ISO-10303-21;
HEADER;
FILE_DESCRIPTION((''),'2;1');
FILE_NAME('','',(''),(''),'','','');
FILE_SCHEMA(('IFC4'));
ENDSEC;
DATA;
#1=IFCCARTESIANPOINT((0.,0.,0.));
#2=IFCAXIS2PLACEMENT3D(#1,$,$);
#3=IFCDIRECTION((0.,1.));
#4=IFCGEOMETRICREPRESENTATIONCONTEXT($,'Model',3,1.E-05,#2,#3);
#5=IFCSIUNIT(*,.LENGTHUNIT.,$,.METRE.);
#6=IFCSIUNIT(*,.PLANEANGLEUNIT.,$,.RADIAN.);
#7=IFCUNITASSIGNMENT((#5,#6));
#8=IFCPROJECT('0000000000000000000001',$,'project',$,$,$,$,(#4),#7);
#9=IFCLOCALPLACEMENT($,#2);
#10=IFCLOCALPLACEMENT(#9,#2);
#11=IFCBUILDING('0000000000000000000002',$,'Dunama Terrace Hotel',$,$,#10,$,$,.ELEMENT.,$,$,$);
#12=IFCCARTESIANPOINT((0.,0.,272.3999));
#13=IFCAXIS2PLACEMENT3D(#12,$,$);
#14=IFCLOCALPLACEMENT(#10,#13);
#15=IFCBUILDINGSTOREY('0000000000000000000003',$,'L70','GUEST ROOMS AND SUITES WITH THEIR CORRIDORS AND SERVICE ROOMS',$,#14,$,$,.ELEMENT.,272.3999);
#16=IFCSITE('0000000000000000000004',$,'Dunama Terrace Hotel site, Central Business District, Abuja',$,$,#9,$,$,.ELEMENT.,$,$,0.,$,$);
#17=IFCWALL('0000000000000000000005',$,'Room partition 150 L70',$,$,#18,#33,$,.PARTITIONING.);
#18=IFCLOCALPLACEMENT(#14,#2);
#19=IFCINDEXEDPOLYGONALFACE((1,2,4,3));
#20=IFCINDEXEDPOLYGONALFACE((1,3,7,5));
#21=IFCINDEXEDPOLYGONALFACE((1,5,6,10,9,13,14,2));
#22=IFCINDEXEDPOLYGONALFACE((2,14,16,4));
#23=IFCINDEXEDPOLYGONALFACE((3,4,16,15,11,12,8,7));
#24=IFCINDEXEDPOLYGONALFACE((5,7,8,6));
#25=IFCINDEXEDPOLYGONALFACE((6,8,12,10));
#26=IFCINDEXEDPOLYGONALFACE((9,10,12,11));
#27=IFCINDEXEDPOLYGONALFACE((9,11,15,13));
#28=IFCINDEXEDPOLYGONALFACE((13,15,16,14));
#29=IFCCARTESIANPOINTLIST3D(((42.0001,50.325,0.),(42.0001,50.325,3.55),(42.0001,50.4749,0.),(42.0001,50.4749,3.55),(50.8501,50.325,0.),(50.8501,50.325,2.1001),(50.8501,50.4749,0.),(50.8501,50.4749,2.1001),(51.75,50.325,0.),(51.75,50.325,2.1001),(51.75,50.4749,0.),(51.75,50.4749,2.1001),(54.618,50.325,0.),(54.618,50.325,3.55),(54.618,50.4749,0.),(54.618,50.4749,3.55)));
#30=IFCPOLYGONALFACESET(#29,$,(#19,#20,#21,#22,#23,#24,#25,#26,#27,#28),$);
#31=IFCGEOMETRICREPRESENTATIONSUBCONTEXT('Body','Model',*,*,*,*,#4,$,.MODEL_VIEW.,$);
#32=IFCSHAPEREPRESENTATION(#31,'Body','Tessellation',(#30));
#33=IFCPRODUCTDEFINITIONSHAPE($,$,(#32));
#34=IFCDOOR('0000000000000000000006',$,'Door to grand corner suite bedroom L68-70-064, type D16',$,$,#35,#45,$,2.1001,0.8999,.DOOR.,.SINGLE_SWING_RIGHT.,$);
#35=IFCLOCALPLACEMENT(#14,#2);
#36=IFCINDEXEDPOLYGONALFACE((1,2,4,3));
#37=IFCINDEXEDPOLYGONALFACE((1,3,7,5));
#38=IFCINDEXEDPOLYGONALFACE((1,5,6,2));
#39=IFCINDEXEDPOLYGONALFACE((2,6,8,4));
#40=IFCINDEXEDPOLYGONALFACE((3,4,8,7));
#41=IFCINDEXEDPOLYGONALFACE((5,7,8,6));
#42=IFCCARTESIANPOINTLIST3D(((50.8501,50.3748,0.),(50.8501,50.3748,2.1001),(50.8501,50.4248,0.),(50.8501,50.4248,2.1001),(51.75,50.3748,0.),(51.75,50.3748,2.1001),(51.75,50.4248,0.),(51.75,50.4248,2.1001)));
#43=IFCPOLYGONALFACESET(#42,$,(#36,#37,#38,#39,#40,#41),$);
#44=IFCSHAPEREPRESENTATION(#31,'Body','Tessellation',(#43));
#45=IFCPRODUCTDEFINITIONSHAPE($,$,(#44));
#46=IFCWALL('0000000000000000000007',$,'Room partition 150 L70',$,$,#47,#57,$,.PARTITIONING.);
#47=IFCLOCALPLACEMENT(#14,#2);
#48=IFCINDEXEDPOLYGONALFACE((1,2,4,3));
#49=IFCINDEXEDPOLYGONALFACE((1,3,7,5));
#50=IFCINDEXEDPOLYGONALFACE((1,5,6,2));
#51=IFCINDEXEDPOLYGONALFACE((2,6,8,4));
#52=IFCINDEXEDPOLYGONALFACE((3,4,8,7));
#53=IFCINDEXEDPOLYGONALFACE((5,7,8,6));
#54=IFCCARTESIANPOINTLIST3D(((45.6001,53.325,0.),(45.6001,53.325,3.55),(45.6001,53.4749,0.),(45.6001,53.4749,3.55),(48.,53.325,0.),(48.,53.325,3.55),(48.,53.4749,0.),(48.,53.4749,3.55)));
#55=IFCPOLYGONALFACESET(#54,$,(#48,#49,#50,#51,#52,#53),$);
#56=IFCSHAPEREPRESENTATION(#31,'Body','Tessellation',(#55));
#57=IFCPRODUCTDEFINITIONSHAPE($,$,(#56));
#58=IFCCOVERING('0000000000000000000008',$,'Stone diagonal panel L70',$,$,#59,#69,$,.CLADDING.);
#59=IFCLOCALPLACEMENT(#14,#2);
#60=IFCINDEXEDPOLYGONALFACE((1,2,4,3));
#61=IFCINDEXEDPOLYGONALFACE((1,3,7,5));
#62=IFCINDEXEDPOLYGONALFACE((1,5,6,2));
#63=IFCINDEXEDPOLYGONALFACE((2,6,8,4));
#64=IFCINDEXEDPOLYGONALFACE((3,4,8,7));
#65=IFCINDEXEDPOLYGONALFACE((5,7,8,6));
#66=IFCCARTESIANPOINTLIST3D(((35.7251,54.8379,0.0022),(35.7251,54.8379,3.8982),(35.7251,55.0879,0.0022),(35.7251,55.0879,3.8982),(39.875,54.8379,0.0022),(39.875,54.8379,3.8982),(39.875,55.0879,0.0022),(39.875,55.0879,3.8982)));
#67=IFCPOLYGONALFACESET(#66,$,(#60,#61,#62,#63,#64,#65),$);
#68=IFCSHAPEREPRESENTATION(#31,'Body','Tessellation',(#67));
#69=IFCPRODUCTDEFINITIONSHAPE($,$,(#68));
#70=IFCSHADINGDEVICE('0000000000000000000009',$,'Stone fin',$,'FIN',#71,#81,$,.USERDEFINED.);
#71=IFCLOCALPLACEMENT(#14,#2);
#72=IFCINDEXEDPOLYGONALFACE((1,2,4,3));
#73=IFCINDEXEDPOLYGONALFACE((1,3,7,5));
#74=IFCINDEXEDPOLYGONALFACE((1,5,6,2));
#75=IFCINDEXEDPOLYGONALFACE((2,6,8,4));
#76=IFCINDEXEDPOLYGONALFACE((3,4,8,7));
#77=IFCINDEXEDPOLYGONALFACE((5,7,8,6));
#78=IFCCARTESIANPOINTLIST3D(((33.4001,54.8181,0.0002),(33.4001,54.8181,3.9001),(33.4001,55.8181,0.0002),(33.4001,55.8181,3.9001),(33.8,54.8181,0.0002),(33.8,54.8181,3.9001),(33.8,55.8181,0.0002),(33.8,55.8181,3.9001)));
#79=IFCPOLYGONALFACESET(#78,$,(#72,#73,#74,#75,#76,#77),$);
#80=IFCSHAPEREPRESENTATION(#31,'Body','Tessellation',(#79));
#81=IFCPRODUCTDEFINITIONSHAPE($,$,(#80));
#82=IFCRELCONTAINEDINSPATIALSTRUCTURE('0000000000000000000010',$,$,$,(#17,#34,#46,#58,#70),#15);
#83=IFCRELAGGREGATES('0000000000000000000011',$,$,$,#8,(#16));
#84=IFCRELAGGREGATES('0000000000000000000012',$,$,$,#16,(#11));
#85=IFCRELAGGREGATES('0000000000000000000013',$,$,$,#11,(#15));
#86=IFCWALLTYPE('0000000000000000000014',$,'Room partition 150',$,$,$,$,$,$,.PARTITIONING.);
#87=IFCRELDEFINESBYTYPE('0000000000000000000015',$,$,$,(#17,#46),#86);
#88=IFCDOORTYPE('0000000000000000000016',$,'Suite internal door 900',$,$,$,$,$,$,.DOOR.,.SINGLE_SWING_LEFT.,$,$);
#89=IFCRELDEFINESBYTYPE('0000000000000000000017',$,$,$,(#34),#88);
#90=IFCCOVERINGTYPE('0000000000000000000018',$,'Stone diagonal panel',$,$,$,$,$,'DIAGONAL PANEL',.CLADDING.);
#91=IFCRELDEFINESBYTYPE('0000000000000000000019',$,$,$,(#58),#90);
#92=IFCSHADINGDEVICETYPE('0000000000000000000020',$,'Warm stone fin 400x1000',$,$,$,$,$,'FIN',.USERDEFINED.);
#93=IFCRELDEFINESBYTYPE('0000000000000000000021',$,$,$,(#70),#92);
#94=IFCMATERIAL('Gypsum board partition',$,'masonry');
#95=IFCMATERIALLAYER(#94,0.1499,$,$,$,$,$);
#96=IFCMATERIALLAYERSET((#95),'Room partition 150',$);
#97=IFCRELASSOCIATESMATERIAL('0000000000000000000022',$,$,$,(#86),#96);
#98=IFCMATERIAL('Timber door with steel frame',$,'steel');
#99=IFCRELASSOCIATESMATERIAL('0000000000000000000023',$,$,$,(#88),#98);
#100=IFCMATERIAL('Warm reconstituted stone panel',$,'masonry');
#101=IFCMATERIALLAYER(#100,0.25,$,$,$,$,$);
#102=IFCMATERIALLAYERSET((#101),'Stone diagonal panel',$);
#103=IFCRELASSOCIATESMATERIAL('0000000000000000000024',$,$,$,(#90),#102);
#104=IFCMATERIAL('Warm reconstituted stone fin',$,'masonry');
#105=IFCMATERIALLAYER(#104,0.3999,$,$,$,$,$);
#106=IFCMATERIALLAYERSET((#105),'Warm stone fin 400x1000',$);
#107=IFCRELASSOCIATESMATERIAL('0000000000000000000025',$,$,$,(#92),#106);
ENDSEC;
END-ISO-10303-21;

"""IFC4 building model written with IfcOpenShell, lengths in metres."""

from ifc_helpers import new_model, si_unit, direction, frame, frame_2d, origin, origin_2d, place, context, subcontext, project, spatial, rectangle, extrude, material, layer, layer_set, type_object, element, fill, save


model = new_model("IFC4")

# Units and contexts
model_context = context("Model", 3, precision=1e-05, world=origin(), true_north=direction((0.0, 1.0)))
body_context = subcontext(model_context, "Body", "Model", "MODEL_VIEW")
ifc_project = project(units=[si_unit("LENGTHUNIT", "METRE"), si_unit("PLANEANGLEUNIT", "RADIAN")], contexts=[model_context])

# Site, building, storey
site_placement = place(None, origin())
site = spatial("IfcSite", under=ifc_project, at=site_placement, Name="Dunama Terrace Hotel site, Central Business District, Abuja", CompositionType="ELEMENT", RefElevation=0.0)
building_placement = place(site_placement, origin())
building = spatial("IfcBuilding", under=site, at=building_placement, Name="Dunama Terrace Hotel", CompositionType="ELEMENT")
storey_placement = place(building_placement, frame((0.0, 0.0, 272.3999)))
storey = spatial("IfcBuildingStorey", under=building, at=storey_placement, Name="L70", Description="GUEST ROOMS AND SUITES WITH THEIR CORRIDORS AND SERVICE ROOMS", CompositionType="ELEMENT", Elevation=272.3999)

# Shared definitions
ifc_material_1 = material(Name="Gypsum board partition", Category="masonry")
ifc_layer_1 = layer(ifc_material_1, 0.1499)
ifc_layer_set_1 = layer_set([ifc_layer_1], Name="Room partition 150")
wall_type_1 = type_object("IfcWallType", Name="Room partition 150", PredefinedType="PARTITIONING", material=ifc_layer_set_1)

# Shared definitions
ifc_material_2 = material(Name="Timber door with steel frame", Category="steel")
door_type_1 = type_object("IfcDoorType", Name="Suite internal door 900", OperationType="SINGLE_SWING_LEFT", PredefinedType="DOOR", material=ifc_material_2)

# Wall, opening, door
wall_1_placement = place(storey_placement, frame((42.0, 50.3999, 0.0), z_axis=(0.0, 0.0, 1.0), x_axis=(1.0, 0.0, 0.0)))
wall_1 = element("IfcWall", 1, at=wall_1_placement, inside=storey, type_object=wall_type_1, Name="Room partition 150 L70", PredefinedType="PARTITIONING", context=body_context, shape_type="SweptSolid", body=[
    extrude(rectangle(XDim=12.6179, YDim=0.1499, at=frame_2d((6.3091, 0.0))), origin(), (0.0, 0.0, 1.0), 3.55),
])
opening_1_placement = place(wall_1_placement, frame((8.8501, 0.0, 0.0)))
opening_1 = element("IfcOpeningElement", 2, at=opening_1_placement, cuts=wall_1, PredefinedType="OPENING", context=body_context, shape_type="SweptSolid", body=[
    extrude(rectangle(XDim=0.8999, YDim=2.1001, at=frame_2d((0.45, 1.05))), frame((0.0, 0.085, 0.0), z_axis=(0.0, -1.0, 0.0), x_axis=(1.0, 0.0, 0.0)), (0.0, 0.0, 1.0), 0.1699),
])
door_1_placement = place(opening_1_placement, origin())
door_1 = element("IfcDoor", 3, at=door_1_placement, inside=storey, type_object=door_type_1, Name="Door to grand corner suite bedroom L68-70-064, type D16", OperationType="SINGLE_SWING_RIGHT", OverallHeight=2.1001, OverallWidth=0.8999, PredefinedType="DOOR", context=body_context, shape_type="SweptSolid", body=[
    extrude(rectangle(XDim=0.8999, YDim=2.1001, at=frame_2d((0.45, 1.05))), frame((0.0, 0.0249, 0.0), z_axis=(0.0, -1.0, 0.0), x_axis=(1.0, 0.0, 0.0)), (0.0, 0.0, 1.0), 0.05),
])
fill(opening_1, door_1)

# Wall
wall_2_placement = place(storey_placement, frame((45.6001, 53.3999, 0.0), z_axis=(0.0, 0.0, 1.0), x_axis=(1.0, 0.0, 0.0)))
element("IfcWall", 4, at=wall_2_placement, inside=storey, type_object=wall_type_1, Name="Room partition 150 L70", PredefinedType="PARTITIONING", context=body_context, shape_type="SweptSolid", body=[
    extrude(rectangle(XDim=2.3999, YDim=0.1499, at=frame_2d((1.2, 0.0))), origin(), (0.0, 0.0, 1.0), 3.55),
])

# Covering
ifc_material_3 = material(Name="Warm reconstituted stone panel", Category="masonry")
ifc_layer_2 = layer(ifc_material_3, 0.25)
ifc_layer_set_2 = layer_set([ifc_layer_2], Name="Stone diagonal panel")
covering_type = type_object("IfcCoveringType", Name="Stone diagonal panel", ElementType="DIAGONAL PANEL", PredefinedType="CLADDING", material=ifc_layer_set_2)
covering_placement = place(storey_placement, frame((37.8, 54.9629, 0.0022), z_axis=(0.0, 0.0, 1.0), x_axis=(-1.0, 0.0, 0.0)))
element("IfcCovering", 5, at=covering_placement, inside=storey, type_object=covering_type, Name="Stone diagonal panel L70", PredefinedType="CLADDING", context=body_context, shape_type="SweptSolid", body=[
    extrude(rectangle(XDim=4.1499, YDim=0.25, at=origin_2d()), origin(), (0.0, 0.0, 1.0), 3.896),
])

# Shading device
ifc_material_4 = material(Name="Warm reconstituted stone fin", Category="masonry")
ifc_layer_3 = layer(ifc_material_4, 0.3999)
ifc_layer_set_3 = layer_set([ifc_layer_3], Name="Warm stone fin 400x1000")
shading_device_type = type_object("IfcShadingDeviceType", Name="Warm stone fin 400x1000", ElementType="FIN", PredefinedType="USERDEFINED", material=ifc_layer_set_3)
shading_device_placement = place(storey_placement, frame((33.6001, 55.3181, 0.0002), z_axis=(0.0, 0.0, 1.0), x_axis=(-1.0, 0.0, 0.0)))
element("IfcShadingDevice", 6, at=shading_device_placement, inside=storey, type_object=shading_device_type, Name="Stone fin", ObjectType="FIN", PredefinedType="USERDEFINED", context=body_context, shape_type="SweptSolid", body=[
    extrude(rectangle(XDim=0.3999, YDim=1.0, at=origin_2d()), origin(), (0.0, 0.0, 1.0), 3.8999),
])

save(model, "model.ifc")
